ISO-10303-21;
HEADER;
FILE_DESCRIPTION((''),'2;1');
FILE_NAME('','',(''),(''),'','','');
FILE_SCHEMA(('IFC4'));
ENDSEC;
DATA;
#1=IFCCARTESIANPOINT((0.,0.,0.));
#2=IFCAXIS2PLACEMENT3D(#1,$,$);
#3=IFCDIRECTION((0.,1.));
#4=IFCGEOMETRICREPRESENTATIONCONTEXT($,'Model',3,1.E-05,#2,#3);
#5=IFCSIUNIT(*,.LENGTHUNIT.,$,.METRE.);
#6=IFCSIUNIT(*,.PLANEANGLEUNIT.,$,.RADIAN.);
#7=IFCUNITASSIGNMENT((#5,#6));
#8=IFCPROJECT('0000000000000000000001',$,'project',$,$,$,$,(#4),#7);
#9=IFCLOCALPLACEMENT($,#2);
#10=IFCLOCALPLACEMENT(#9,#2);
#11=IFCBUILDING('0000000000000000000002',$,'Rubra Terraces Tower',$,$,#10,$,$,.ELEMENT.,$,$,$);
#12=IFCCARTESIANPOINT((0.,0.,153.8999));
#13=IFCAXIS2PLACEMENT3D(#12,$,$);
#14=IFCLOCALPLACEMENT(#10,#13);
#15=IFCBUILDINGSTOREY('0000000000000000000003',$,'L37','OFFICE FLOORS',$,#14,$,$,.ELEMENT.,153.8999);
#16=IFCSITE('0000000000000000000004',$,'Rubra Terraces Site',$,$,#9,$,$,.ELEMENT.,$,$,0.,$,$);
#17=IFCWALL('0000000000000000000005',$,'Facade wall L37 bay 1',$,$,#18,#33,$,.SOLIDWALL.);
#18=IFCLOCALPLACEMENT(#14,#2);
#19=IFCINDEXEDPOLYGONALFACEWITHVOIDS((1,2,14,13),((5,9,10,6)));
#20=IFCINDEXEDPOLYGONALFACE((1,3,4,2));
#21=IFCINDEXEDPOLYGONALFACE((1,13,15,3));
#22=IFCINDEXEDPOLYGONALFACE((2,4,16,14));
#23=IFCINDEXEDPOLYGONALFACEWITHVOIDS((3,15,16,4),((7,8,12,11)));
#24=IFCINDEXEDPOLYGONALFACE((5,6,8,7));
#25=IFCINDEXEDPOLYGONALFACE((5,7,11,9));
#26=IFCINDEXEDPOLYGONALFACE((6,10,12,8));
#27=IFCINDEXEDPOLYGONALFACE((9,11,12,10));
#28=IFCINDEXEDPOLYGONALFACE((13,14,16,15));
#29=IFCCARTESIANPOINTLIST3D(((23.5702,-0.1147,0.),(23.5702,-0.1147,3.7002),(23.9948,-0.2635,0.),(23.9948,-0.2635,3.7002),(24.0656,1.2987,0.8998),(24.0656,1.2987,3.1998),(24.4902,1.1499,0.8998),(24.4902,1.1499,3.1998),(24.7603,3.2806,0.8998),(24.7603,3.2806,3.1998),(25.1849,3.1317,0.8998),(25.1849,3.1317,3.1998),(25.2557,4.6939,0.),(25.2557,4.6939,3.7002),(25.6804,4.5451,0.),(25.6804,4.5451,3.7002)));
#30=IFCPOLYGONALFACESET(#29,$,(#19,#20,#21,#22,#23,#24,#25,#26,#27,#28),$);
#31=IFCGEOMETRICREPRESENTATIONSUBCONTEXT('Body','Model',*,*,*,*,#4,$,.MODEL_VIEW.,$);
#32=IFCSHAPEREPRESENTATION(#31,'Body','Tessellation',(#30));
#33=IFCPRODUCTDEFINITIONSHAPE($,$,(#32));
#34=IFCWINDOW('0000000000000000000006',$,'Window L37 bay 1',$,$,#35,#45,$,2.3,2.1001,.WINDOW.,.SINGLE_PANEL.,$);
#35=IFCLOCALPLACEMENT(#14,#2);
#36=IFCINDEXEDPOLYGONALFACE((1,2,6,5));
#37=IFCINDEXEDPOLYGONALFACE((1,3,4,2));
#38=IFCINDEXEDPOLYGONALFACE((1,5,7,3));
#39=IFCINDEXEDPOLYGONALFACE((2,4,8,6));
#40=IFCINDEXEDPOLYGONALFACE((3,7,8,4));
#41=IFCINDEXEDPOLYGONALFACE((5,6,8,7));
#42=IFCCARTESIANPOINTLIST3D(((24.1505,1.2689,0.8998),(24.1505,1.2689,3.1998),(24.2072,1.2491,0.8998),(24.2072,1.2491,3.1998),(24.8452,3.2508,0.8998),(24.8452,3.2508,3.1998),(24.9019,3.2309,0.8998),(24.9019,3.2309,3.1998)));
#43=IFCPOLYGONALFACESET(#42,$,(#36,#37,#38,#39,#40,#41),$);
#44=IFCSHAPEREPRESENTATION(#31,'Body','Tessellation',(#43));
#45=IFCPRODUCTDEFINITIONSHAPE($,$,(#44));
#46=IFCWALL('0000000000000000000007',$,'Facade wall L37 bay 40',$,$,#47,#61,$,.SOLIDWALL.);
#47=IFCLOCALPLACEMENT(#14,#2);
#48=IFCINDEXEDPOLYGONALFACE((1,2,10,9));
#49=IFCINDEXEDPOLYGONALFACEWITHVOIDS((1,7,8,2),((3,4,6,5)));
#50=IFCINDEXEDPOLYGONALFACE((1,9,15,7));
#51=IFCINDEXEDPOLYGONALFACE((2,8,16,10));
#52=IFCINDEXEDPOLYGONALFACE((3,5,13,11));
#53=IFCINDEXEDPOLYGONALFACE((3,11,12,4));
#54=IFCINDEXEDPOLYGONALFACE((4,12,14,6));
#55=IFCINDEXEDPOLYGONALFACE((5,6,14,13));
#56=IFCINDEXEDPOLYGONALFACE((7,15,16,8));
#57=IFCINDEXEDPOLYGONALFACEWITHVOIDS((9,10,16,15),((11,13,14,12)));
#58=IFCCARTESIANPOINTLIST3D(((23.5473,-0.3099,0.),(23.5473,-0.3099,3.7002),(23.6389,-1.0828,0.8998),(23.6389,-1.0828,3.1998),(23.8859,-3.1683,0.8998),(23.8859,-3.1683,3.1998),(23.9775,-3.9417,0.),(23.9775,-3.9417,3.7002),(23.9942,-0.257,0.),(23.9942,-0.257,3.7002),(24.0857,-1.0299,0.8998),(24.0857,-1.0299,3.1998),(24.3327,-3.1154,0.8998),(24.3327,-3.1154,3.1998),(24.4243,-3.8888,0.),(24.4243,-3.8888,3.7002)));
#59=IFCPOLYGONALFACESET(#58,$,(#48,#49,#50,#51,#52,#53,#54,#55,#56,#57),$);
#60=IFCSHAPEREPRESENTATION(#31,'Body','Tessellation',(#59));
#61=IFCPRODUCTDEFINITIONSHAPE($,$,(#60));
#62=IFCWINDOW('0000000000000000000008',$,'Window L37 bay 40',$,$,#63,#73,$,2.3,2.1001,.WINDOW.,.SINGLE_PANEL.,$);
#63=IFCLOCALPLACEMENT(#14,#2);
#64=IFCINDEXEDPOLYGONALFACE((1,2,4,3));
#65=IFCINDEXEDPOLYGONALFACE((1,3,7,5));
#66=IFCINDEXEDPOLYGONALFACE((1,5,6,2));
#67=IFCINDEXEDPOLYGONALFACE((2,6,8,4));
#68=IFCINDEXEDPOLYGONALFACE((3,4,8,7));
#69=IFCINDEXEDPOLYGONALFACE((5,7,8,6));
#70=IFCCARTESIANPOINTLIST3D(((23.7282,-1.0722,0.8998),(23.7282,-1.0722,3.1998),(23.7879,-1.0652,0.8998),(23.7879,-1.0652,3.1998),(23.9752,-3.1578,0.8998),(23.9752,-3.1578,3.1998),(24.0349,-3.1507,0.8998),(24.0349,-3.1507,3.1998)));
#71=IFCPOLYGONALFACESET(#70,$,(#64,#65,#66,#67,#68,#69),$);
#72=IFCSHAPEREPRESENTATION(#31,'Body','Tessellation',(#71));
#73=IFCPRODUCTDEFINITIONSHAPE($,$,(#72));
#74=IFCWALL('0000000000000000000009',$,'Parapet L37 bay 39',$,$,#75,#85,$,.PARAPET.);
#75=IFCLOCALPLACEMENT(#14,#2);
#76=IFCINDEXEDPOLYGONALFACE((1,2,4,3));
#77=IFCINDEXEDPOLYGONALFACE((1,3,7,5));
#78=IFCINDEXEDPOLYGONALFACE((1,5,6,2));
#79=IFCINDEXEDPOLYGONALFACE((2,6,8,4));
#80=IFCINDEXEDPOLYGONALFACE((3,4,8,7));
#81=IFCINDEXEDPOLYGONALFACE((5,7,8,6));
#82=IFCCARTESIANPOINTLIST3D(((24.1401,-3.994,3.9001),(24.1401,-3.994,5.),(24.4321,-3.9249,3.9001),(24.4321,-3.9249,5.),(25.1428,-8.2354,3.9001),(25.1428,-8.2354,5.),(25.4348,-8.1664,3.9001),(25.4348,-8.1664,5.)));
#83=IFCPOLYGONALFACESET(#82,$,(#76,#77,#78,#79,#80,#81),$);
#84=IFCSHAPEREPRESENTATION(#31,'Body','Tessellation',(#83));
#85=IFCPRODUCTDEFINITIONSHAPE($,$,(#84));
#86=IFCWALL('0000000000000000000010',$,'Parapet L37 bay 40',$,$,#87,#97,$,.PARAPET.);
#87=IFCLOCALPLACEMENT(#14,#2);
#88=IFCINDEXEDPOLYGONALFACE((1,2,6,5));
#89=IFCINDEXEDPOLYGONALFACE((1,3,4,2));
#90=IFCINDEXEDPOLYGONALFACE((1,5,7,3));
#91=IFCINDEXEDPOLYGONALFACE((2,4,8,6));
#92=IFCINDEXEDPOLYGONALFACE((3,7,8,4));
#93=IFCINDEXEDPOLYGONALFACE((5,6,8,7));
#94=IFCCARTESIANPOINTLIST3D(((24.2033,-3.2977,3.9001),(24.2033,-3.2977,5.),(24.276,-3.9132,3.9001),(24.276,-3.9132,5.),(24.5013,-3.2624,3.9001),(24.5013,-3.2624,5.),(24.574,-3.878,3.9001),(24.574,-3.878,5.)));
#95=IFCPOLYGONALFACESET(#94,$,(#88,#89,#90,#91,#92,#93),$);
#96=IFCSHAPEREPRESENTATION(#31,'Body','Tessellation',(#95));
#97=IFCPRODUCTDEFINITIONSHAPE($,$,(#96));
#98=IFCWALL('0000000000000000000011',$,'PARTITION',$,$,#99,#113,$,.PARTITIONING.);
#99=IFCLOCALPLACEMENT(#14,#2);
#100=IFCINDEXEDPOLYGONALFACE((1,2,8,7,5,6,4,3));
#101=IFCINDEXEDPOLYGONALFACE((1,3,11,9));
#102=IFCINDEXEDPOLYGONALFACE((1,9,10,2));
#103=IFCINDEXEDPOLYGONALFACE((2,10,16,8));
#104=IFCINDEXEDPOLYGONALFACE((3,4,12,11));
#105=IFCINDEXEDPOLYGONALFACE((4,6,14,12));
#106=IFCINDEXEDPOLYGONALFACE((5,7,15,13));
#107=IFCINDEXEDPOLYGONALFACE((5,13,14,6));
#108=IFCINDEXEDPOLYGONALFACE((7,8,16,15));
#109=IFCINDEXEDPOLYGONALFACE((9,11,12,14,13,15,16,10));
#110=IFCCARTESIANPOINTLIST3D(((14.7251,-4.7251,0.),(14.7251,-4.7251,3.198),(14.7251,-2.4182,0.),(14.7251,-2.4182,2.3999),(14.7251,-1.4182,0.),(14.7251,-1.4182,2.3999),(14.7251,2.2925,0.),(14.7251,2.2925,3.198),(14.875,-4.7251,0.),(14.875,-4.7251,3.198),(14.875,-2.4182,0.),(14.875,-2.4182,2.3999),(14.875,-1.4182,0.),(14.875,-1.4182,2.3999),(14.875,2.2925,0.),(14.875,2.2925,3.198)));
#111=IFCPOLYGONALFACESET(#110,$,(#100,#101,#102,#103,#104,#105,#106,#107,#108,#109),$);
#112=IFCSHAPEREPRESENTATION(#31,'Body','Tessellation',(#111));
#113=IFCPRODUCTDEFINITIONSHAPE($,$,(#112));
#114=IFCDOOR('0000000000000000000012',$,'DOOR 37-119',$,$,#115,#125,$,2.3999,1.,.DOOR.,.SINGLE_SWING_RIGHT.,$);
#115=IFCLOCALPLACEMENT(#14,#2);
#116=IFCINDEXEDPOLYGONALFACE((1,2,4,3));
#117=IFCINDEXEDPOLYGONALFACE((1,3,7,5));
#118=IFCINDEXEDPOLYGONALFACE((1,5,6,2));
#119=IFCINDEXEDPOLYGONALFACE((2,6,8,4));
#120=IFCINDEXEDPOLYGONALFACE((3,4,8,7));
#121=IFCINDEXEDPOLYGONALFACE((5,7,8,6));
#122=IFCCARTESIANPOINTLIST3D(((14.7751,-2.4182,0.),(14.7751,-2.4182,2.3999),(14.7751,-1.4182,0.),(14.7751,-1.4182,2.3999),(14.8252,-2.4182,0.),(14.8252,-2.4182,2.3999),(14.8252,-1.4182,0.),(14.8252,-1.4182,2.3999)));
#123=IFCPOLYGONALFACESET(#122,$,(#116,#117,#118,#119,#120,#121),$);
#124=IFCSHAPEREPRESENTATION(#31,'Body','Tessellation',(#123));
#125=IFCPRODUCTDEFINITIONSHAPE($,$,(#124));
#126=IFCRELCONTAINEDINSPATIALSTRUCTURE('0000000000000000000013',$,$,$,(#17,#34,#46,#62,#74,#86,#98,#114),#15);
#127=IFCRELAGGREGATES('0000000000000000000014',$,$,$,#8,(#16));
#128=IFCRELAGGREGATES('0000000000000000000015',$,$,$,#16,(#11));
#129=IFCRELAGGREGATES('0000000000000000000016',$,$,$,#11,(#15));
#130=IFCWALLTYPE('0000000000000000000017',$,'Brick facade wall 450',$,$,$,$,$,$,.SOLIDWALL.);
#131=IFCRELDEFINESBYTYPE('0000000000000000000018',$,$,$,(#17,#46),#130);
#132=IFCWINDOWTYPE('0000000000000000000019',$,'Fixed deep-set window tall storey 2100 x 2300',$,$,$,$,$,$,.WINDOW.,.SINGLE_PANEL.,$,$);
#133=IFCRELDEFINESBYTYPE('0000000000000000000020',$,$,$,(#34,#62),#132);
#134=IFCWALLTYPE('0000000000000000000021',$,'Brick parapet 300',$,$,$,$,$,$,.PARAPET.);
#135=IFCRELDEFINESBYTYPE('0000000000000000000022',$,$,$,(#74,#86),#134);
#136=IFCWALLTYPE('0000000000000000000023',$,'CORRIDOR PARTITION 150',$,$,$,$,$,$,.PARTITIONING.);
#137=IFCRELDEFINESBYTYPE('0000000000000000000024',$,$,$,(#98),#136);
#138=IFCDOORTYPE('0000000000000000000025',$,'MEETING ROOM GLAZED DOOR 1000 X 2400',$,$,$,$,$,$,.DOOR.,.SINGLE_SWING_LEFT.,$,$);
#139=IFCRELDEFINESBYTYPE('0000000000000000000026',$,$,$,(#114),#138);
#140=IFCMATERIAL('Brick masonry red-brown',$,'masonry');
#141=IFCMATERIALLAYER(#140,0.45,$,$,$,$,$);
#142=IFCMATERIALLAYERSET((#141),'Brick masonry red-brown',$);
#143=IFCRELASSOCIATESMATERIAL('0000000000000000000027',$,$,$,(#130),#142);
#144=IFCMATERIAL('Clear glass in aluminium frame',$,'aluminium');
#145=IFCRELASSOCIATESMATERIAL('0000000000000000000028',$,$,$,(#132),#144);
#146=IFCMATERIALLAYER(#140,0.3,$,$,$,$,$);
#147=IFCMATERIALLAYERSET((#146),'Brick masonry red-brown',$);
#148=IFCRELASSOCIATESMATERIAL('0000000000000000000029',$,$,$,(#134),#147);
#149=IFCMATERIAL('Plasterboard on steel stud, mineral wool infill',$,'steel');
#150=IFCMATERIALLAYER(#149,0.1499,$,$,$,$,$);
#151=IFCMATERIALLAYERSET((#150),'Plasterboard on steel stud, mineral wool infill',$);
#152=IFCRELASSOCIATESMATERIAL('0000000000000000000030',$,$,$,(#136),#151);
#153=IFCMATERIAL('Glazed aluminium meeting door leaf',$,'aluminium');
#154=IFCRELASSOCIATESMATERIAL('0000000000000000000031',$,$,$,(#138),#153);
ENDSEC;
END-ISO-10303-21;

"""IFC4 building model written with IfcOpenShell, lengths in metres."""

from ifc_helpers import new_model, si_unit, direction, frame, frame_2d, origin, place, context, subcontext, project, spatial, rectangle, extrude, material, layer, layer_set, type_object, element, fill, save


model = new_model("IFC4")

# Units and contexts
model_context = context("Model", 3, precision=1e-05, world=origin(), true_north=direction((0.0, 1.0)))
body_context = subcontext(model_context, "Body", "Model", "MODEL_VIEW")
ifc_project = project(units=[si_unit("LENGTHUNIT", "METRE"), si_unit("PLANEANGLEUNIT", "RADIAN")], contexts=[model_context])

# Site, building, storey
site_placement = place(None, origin())
site = spatial("IfcSite", under=ifc_project, at=site_placement, Name="Rubra Terraces Site", CompositionType="ELEMENT", RefElevation=0.0)
building_placement = place(site_placement, origin())
building = spatial("IfcBuilding", under=site, at=building_placement, Name="Rubra Terraces Tower", CompositionType="ELEMENT")
storey_placement = place(building_placement, frame((0.0, 0.0, 153.8999)))
storey = spatial("IfcBuildingStorey", under=building, at=storey_placement, Name="L37", Description="OFFICE FLOORS", CompositionType="ELEMENT", Elevation=153.8999)

# Walls, openings, windows
ifc_material_1 = material(Name="Brick masonry red-brown", Category="masonry")
ifc_layer_1 = layer(ifc_material_1, 0.45)
ifc_layer_set_1 = layer_set([ifc_layer_1], Name="Brick masonry red-brown")
wall_type_1 = type_object("IfcWallType", Name="Brick facade wall 450", PredefinedType="SOLIDWALL", material=ifc_layer_set_1)
wall_1_placement = place(storey_placement, frame((23.7825, -0.1892, 0.0), z_axis=(0.0, 0.0, 1.0), x_axis=(0.330794, 0.943703, 0.0)))
wall_1 = element("IfcWall", 1, at=wall_1_placement, inside=storey, type_object=wall_type_1, Name="Facade wall L37 bay 1", PredefinedType="SOLIDWALL", context=body_context, shape_type="SweptSolid", body=[
    extrude(rectangle(XDim=5.0955, YDim=0.45, at=frame_2d((2.5479, 0.0))), origin(), (0.0, 0.0, 1.0), 3.7002),
])
opening_1_placement = place(wall_1_placement, frame((1.4978, 0.0, 0.8999)))
opening_1 = element("IfcOpeningElement", 2, at=opening_1_placement, cuts=wall_1, PredefinedType="OPENING", context=body_context, shape_type="SweptSolid", body=[
    extrude(rectangle(XDim=2.1001, YDim=2.3, at=frame_2d((1.05, 1.1499))), frame((0.0, 0.2349, 0.0), z_axis=(0.0, -1.0, 0.0), x_axis=(1.0, 0.0, 0.0)), (0.0, 0.0, 1.0), 0.47),
])
ifc_material_2 = material(Name="Clear glass in aluminium frame", Category="aluminium")
window_type = type_object("IfcWindowType", Name="Fixed deep-set window tall storey 2100 x 2300", PartitioningType="SINGLE_PANEL", PredefinedType="WINDOW", material=ifc_material_2)
window_1_placement = place(opening_1_placement, origin())
window_1 = element("IfcWindow", 3, at=window_1_placement, inside=storey, type_object=window_type, Name="Window L37 bay 1", OverallHeight=2.3, OverallWidth=2.1001, PartitioningType="SINGLE_PANEL", PredefinedType="WINDOW", context=body_context, shape_type="SweptSolid", body=[
    extrude(rectangle(XDim=2.1001, YDim=2.3, at=frame_2d((1.05, 1.1499))), frame((0.0, 0.135, 0.0), z_axis=(0.0, -1.0, 0.0), x_axis=(1.0, 0.0, 0.0)), (0.0, 0.0, 1.0), 0.0601),
])
fill(opening_1, window_1)
wall_2_placement = place(storey_placement, frame((24.2009, -3.9153, 0.0), z_axis=(0.0, 0.0, 1.0), x_axis=(-0.117624, 0.993058, 0.0)))
wall_2 = element("IfcWall", 4, at=wall_2_placement, inside=storey, type_object=wall_type_1, Name="Facade wall L37 bay 40", PredefinedType="SOLIDWALL", context=body_context, shape_type="SweptSolid", body=[
    extrude(rectangle(XDim=3.6572, YDim=0.45, at=frame_2d((1.8286, 0.0))), origin(), (0.0, 0.0, 1.0), 3.7002),
])
opening_2_placement = place(wall_2_placement, frame((0.7788, 0.0, 0.8999)))
opening_2 = element("IfcOpeningElement", 5, at=opening_2_placement, cuts=wall_2, PredefinedType="OPENING", context=body_context, shape_type="SweptSolid", body=[
    extrude(rectangle(XDim=2.1001, YDim=2.3, at=frame_2d((1.05, 1.1499))), frame((0.0, 0.2349, 0.0), z_axis=(0.0, -1.0, 0.0), x_axis=(1.0, 0.0, 0.0)), (0.0, 0.0, 1.0), 0.47),
])
window_2_placement = place(opening_2_placement, origin())
window_2 = element("IfcWindow", 6, at=window_2_placement, inside=storey, type_object=window_type, Name="Window L37 bay 40", OverallHeight=2.3, OverallWidth=2.1001, PartitioningType="SINGLE_PANEL", PredefinedType="WINDOW", context=body_context, shape_type="SweptSolid", body=[
    extrude(rectangle(XDim=2.1001, YDim=2.3, at=frame_2d((1.05, 1.1499))), frame((0.0, 0.135, 0.0), z_axis=(0.0, -1.0, 0.0), x_axis=(1.0, 0.0, 0.0)), (0.0, 0.0, 1.0), 0.0601),
])
fill(opening_2, window_2)

# Walls
ifc_layer_2 = layer(ifc_material_1, 0.3)
ifc_layer_set_2 = layer_set([ifc_layer_2], Name="Brick masonry red-brown")
wall_type_2 = type_object("IfcWallType", Name="Brick parapet 300", PredefinedType="PARAPET", material=ifc_layer_set_2)
wall_3_placement = place(storey_placement, frame((25.2888, -8.2009, 3.9001), z_axis=(0.0, 0.0, 1.0), x_axis=(-0.23006, 0.973176, 0.0)))
element("IfcWall", 7, at=wall_3_placement, inside=storey, type_object=wall_type_2, Name="Parapet L37 bay 39", PredefinedType="PARAPET", context=body_context, shape_type="SweptSolid", body=[
    extrude(rectangle(XDim=4.3584, YDim=0.3, at=frame_2d((2.1792, 0.0))), origin(), (0.0, 0.0, 1.0), 1.0999),
])
wall_4_placement = place(storey_placement, frame((24.425, -3.8958, 3.9001), z_axis=(0.0, 0.0, 1.0), x_axis=(-0.11739, 0.993086, 0.0)))
element("IfcWall", 8, at=wall_4_placement, inside=storey, type_object=wall_type_2, Name="Parapet L37 bay 40", PredefinedType="PARAPET", context=body_context, shape_type="SweptSolid", body=[
    extrude(rectangle(XDim=0.6199, YDim=0.3, at=frame_2d((0.3101, 0.0))), origin(), (0.0, 0.0, 1.0), 1.0999),
])

# Wall, opening, door
ifc_material_3 = material(Name="Plasterboard on steel stud, mineral wool infill", Category="steel")
ifc_layer_3 = layer(ifc_material_3, 0.1499)
ifc_layer_set_3 = layer_set([ifc_layer_3], Name="Plasterboard on steel stud, mineral wool infill")
wall_type_3 = type_object("IfcWallType", Name="CORRIDOR PARTITION 150", PredefinedType="PARTITIONING", material=ifc_layer_set_3)
wall_5_placement = place(storey_placement, frame((14.8, -4.7251, 0.0), z_axis=(0.0, 0.0, 1.0), x_axis=(0.0, 1.0, 0.0)))
wall_5 = element("IfcWall", 9, at=wall_5_placement, inside=storey, type_object=wall_type_3, Name="PARTITION", PredefinedType="PARTITIONING", context=body_context, shape_type="SweptSolid", body=[
    extrude(rectangle(XDim=7.0176, YDim=0.1499, at=frame_2d((3.5088, 0.0))), origin(), (0.0, 0.0, 1.0), 3.198),
])
opening_3_placement = place(wall_5_placement, frame((2.3069, 0.0, 0.0)))
opening_3 = element("IfcOpeningElement", 10, at=opening_3_placement, cuts=wall_5, PredefinedType="OPENING", context=body_context, shape_type="SweptSolid", body=[
    extrude(rectangle(XDim=1.0, YDim=2.3999, at=frame_2d((0.5, 1.2))), frame((0.0, 0.085, 0.0), z_axis=(0.0, -1.0, 0.0), x_axis=(1.0, 0.0, 0.0)), (0.0, 0.0, 1.0), 0.1699),
])
ifc_material_4 = material(Name="Glazed aluminium meeting door leaf", Category="aluminium")
door_type_1 = type_object("IfcDoorType", Name="MEETING ROOM GLAZED DOOR 1000 X 2400", OperationType="SINGLE_SWING_LEFT", PredefinedType="DOOR", material=ifc_material_4)
door_1_placement = place(opening_3_placement, origin())
door_1 = element("IfcDoor", 11, at=door_1_placement, inside=storey, type_object=door_type_1, Name="DOOR 37-119", OperationType="SINGLE_SWING_RIGHT", OverallHeight=2.3999, OverallWidth=1.0, PredefinedType="DOOR", context=body_context, shape_type="SweptSolid", body=[
    extrude(rectangle(XDim=1.0, YDim=2.3999, at=frame_2d((0.5, 1.2))), frame((0.0, 0.0249, 0.0), z_axis=(0.0, -1.0, 0.0), x_axis=(1.0, 0.0, 0.0)), (0.0, 0.0, 1.0), 0.05),
])
fill(opening_3, door_1)

save(model, "model.ifc")
